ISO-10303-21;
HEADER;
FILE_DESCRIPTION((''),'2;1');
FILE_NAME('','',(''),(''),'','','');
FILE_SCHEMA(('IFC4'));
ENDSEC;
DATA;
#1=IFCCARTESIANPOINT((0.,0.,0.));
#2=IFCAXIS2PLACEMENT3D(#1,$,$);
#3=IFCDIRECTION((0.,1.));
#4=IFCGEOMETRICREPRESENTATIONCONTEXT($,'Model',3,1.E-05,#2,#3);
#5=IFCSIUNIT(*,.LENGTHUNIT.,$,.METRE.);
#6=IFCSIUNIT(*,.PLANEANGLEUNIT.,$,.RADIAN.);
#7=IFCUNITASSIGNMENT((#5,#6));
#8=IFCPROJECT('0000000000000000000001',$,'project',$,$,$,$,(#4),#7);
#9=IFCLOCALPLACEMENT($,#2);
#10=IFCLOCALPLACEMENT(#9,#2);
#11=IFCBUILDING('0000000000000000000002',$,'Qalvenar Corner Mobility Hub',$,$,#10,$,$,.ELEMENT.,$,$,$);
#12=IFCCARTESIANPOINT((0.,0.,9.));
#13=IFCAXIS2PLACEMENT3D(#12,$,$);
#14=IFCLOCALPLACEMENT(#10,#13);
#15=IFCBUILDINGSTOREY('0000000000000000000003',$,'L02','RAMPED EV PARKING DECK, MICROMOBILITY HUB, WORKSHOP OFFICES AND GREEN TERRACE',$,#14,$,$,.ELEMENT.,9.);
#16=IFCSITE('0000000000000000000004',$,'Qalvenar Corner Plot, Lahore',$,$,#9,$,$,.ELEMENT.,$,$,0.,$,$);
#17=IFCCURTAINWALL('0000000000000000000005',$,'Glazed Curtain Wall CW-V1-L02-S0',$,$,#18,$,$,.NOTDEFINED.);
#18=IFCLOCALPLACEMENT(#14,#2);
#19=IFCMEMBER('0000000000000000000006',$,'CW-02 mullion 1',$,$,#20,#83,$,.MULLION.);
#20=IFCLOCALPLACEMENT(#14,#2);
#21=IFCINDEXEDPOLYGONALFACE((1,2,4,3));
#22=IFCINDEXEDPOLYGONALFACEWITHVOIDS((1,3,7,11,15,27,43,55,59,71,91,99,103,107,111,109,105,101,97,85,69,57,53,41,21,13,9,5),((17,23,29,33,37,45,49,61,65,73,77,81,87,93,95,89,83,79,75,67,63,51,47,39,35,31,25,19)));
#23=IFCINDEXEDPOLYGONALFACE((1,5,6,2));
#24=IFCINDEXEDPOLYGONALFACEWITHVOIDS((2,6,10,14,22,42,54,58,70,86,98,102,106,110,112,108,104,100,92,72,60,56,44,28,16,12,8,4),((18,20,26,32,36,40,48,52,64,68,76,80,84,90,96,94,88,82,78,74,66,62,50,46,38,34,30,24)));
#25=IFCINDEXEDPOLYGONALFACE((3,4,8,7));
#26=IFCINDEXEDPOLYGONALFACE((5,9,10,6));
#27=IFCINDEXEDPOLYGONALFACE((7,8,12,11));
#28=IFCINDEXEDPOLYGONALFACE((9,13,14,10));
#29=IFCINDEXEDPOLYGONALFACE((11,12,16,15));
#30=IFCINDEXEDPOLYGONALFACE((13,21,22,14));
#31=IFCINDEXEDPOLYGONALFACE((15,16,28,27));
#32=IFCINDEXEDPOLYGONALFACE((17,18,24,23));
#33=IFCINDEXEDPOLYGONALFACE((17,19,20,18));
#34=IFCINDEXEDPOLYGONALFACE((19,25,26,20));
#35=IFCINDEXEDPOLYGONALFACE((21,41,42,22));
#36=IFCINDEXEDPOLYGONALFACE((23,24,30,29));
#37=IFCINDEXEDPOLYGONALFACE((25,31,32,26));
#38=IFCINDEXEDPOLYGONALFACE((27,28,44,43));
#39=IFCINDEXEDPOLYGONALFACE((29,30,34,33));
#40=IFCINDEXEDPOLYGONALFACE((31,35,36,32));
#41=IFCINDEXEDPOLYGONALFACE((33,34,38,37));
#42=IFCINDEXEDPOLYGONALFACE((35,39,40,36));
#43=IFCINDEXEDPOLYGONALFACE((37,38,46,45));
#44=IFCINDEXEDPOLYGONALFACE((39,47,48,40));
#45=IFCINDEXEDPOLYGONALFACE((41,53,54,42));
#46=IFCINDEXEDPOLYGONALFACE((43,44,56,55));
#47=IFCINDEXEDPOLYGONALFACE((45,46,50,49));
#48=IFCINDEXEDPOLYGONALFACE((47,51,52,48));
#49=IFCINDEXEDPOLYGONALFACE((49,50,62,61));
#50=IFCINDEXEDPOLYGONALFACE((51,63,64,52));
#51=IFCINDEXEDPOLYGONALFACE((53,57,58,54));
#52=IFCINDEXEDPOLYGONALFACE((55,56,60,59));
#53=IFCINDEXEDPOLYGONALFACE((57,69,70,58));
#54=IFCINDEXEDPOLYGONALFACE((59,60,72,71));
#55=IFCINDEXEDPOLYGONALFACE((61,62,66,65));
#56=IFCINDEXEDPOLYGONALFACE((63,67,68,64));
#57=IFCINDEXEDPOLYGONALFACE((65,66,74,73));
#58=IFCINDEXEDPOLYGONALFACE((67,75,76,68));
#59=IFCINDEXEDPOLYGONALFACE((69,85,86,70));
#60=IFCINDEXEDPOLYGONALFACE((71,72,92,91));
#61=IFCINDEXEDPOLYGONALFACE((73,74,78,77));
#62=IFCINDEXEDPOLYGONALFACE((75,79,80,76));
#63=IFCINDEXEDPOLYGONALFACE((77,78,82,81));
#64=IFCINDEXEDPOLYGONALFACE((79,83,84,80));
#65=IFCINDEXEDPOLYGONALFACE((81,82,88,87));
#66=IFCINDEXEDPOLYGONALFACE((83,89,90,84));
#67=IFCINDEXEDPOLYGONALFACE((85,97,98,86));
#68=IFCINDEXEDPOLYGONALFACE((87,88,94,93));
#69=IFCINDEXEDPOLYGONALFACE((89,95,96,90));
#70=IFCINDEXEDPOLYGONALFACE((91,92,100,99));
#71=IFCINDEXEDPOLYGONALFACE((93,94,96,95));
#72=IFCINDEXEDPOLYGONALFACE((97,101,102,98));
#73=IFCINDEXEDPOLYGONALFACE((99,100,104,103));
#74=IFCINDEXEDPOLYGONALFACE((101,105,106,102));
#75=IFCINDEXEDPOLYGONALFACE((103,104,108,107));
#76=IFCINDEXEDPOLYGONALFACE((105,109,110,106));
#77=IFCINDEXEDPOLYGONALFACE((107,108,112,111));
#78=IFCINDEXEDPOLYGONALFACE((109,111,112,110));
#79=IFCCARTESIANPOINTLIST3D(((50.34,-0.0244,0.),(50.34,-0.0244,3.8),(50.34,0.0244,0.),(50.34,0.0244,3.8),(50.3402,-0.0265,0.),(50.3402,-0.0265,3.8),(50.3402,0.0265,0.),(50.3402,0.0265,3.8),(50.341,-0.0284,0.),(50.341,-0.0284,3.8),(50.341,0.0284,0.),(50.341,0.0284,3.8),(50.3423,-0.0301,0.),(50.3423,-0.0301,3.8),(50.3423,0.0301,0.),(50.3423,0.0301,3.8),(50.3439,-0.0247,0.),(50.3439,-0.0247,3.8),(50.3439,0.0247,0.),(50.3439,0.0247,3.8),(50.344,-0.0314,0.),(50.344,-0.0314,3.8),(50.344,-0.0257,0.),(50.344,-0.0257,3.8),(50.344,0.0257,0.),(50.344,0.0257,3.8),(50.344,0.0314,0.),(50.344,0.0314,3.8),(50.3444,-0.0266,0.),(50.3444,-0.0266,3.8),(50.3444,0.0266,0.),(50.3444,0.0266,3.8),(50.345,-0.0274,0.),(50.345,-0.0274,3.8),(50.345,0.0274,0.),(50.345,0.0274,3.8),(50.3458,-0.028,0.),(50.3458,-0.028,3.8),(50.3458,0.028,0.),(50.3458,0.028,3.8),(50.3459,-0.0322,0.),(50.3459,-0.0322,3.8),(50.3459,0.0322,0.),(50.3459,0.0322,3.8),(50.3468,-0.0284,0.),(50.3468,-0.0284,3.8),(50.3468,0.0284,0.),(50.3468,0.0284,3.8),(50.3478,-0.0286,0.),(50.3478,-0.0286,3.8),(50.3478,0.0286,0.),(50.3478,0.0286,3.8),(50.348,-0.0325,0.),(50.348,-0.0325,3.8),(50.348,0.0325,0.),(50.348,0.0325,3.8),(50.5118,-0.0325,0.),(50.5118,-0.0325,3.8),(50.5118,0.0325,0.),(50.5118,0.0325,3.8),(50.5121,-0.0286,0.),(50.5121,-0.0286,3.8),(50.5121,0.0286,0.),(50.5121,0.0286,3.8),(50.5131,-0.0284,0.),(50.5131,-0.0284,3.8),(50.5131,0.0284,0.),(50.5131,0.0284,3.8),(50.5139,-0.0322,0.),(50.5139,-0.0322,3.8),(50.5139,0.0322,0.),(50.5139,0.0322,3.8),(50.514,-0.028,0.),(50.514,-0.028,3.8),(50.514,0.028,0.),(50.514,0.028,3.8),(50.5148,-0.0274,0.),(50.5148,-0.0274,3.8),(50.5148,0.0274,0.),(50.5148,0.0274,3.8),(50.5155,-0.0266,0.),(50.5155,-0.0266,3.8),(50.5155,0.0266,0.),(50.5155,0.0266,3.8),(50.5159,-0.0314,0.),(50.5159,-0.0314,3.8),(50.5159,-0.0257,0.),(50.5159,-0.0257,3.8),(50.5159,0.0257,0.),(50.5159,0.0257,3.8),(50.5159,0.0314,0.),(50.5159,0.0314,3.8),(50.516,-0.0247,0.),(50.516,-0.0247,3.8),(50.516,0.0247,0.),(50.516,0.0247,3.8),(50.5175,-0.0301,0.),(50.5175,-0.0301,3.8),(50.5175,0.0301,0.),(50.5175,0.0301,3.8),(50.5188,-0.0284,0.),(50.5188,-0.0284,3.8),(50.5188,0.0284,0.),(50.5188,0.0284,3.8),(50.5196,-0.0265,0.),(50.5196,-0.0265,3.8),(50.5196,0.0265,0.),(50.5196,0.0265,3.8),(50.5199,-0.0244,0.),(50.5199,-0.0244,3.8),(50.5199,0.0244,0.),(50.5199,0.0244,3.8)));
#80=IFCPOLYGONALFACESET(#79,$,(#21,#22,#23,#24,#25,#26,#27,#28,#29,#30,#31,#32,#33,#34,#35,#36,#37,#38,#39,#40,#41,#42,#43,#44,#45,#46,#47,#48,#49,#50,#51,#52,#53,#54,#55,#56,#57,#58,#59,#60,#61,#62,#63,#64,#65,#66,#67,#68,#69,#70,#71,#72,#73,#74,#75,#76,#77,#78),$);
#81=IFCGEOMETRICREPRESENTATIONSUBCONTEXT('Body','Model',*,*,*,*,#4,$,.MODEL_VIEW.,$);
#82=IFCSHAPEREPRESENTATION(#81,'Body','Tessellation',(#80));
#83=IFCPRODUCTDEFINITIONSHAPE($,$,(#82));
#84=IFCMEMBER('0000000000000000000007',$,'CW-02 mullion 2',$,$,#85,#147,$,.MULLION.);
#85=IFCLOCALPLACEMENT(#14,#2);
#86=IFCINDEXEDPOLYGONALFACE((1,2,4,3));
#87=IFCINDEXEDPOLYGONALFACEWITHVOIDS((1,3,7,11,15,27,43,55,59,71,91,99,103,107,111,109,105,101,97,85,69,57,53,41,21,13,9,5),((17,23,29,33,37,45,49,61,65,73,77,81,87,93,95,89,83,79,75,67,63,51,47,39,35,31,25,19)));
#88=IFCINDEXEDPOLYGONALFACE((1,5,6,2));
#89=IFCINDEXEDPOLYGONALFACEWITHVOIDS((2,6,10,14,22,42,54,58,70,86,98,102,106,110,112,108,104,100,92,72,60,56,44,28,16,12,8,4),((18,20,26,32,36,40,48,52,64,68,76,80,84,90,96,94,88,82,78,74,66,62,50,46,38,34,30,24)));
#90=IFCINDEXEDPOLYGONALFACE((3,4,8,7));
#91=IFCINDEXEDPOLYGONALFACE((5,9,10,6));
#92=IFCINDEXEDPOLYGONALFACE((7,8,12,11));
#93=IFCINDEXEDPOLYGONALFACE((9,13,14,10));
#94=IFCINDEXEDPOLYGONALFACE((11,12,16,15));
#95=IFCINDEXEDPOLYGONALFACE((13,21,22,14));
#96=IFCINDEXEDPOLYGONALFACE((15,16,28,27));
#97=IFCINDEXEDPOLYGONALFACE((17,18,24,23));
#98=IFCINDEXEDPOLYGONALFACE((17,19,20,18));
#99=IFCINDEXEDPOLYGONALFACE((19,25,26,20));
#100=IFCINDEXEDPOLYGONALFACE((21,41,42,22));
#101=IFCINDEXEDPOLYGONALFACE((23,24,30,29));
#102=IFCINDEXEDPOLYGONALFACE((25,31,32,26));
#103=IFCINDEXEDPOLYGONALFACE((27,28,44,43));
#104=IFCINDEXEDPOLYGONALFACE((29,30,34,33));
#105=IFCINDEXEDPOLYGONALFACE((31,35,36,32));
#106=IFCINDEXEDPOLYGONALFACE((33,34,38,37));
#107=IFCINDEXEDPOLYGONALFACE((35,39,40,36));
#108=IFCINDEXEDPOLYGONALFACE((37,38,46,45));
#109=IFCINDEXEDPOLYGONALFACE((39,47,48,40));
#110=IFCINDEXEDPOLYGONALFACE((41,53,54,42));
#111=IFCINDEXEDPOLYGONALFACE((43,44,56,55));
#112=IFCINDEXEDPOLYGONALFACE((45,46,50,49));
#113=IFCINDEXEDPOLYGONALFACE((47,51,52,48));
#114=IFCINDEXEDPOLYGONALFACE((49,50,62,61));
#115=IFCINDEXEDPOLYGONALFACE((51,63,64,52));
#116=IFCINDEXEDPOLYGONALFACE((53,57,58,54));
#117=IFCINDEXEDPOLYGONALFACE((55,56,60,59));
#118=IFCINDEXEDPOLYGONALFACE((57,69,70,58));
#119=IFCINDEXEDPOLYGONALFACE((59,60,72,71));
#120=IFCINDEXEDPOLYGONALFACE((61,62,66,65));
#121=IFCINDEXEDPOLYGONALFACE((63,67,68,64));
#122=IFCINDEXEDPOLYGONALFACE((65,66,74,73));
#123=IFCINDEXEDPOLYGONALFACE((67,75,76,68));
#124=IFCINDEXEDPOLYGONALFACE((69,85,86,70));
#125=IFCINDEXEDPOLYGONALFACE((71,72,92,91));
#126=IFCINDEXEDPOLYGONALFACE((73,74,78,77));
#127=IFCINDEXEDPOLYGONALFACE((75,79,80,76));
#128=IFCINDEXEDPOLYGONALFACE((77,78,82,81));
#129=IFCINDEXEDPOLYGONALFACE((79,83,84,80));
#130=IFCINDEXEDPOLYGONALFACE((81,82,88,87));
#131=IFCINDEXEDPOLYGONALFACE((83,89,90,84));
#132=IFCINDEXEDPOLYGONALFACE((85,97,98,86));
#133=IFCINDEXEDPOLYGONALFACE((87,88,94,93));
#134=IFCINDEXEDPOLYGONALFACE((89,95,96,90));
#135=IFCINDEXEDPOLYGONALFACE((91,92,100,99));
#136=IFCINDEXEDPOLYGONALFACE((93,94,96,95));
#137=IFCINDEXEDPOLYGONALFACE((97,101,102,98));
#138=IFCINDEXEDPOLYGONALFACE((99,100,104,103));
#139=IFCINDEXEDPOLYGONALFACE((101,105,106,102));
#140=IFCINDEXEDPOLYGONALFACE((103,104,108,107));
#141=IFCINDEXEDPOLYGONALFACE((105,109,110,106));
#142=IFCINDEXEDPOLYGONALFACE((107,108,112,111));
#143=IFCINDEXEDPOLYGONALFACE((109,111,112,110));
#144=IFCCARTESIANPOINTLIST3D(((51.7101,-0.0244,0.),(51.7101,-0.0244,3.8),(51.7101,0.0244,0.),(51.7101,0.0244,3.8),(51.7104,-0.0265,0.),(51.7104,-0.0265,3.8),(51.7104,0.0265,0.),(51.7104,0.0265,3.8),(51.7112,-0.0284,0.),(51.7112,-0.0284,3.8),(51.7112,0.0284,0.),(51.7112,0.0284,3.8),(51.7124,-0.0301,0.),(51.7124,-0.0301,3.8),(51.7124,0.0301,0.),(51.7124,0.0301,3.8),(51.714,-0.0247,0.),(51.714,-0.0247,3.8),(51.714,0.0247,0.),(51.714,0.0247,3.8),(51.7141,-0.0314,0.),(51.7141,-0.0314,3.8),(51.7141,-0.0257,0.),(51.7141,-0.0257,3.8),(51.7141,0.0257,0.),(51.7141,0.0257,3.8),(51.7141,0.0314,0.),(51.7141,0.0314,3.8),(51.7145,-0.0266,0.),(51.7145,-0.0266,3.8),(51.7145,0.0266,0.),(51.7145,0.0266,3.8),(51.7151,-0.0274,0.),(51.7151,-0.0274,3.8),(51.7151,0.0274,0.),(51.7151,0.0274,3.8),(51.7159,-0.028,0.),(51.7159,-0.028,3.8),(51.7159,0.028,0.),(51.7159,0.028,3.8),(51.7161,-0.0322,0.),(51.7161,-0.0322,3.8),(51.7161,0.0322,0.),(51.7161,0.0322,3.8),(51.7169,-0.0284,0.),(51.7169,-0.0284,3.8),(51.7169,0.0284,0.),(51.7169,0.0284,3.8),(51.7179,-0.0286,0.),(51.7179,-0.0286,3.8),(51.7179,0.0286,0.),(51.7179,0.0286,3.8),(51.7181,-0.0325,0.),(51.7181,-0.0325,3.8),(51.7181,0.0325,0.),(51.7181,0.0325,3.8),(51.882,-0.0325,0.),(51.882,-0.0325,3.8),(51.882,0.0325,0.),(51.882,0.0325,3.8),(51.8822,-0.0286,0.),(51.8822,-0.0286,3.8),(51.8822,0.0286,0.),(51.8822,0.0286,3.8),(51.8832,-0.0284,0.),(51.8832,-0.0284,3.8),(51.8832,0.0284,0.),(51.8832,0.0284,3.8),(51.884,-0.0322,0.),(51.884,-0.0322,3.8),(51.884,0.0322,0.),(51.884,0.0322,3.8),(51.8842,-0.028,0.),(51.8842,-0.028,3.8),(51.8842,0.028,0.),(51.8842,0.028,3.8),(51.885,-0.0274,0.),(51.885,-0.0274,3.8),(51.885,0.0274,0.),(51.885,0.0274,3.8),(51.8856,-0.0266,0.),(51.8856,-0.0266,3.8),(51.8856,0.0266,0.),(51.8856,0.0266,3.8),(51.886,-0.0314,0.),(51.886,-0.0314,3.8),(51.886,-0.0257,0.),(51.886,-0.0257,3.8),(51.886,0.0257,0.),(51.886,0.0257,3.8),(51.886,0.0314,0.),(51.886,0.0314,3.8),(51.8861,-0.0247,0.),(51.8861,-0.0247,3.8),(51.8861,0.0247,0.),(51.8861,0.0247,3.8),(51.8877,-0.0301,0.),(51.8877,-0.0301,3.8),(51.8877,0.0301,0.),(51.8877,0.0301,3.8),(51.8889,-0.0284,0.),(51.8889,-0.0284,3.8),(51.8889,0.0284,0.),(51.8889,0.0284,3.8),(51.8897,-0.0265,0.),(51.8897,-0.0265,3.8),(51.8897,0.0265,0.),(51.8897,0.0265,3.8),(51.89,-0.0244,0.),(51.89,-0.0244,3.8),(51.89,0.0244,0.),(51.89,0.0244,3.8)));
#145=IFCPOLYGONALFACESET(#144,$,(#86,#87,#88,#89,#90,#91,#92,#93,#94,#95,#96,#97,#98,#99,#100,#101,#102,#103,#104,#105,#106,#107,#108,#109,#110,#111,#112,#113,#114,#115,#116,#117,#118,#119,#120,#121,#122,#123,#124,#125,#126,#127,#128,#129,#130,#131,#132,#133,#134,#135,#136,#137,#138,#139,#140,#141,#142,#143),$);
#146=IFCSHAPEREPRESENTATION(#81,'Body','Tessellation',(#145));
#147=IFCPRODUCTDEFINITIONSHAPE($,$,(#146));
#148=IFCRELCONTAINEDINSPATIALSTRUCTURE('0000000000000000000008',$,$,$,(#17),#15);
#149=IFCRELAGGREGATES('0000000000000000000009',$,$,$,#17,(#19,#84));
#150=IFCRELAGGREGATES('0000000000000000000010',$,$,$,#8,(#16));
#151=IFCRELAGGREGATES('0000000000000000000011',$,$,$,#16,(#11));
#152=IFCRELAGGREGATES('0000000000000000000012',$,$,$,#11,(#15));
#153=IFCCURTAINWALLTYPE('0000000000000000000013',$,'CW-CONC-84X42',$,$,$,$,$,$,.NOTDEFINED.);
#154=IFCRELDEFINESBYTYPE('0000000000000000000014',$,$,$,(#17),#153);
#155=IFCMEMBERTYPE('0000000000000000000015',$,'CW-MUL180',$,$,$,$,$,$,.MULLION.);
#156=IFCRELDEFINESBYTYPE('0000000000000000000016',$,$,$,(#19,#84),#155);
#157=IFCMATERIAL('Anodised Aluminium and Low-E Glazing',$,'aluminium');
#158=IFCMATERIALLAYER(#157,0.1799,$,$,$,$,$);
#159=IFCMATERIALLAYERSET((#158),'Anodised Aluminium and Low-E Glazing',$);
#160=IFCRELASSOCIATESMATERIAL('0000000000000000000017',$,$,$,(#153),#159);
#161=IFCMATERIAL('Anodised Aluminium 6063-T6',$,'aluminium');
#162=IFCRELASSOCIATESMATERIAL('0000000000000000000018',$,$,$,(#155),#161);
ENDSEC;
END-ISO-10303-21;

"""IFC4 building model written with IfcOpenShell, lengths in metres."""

from ifc_helpers import new_model, si_unit, direction, frame, origin, origin_2d, place, context, subcontext, project, spatial, hollow_rectangle, extrude, material, layer, layer_set, material_profile, profile_set, type_object, element, aggregate, save


model = new_model("IFC4")

# Units and contexts
model_context = context("Model", 3, precision=1e-05, world=origin(), true_north=direction((0.0, 1.0)))
body_context = subcontext(model_context, "Body", "Model", "MODEL_VIEW")
ifc_project = project(units=[si_unit("LENGTHUNIT", "METRE"), si_unit("PLANEANGLEUNIT", "RADIAN")], contexts=[model_context])

# Site, building, storey
site_placement = place(None, origin())
site = spatial("IfcSite", under=ifc_project, at=site_placement, Name="Qalvenar Corner Plot, Lahore", CompositionType="ELEMENT", RefElevation=0.0)
building_placement = place(site_placement, origin())
building = spatial("IfcBuilding", under=site, at=building_placement, Name="Qalvenar Corner Mobility Hub", CompositionType="ELEMENT")
storey_placement = place(building_placement, frame((0.0, 0.0, 9.0)))
storey = spatial("IfcBuildingStorey", under=building, at=storey_placement, Name="L02", Description="RAMPED EV PARKING DECK, MICROMOBILITY HUB, WORKSHOP OFFICES AND GREEN TERRACE", CompositionType="ELEMENT", Elevation=9.0)

# Curtain wall, members
ifc_material_1 = material(Name="Anodised Aluminium and Low-E Glazing", Category="aluminium")
ifc_layer_1 = layer(ifc_material_1, 0.1799)
ifc_layer_set_1 = layer_set([ifc_layer_1], Name="Anodised Aluminium and Low-E Glazing")
curtain_wall_type = type_object("IfcCurtainWallType", Name="CW-CONC-84X42", PredefinedType="NOTDEFINED", material=ifc_layer_set_1)
curtain_wall_placement = place(storey_placement, origin())
curtain_wall = element("IfcCurtainWall", 1, at=curtain_wall_placement, inside=storey, type_object=curtain_wall_type, Name="Glazed Curtain Wall CW-V1-L02-S0", PredefinedType="NOTDEFINED")
ifc_material_2 = material(Name="Anodised Aluminium 6063-T6", Category="aluminium")
ifc_material_profile_1 = material_profile(ifc_material_2, hollow_rectangle(XDim=0.0649, YDim=0.1799, WallThickness=0.0039, InnerFilletRadius=0.0039, OuterFilletRadius=0.0081, at=origin_2d()), Name="RHS180x65x4")
ifc_profile_set_1 = profile_set([ifc_material_profile_1], Name="Anodised Aluminium 6063-T6")
member_type_1 = type_object("IfcMemberType", Name="CW-MUL180", PredefinedType="MULLION", material=ifc_profile_set_1)
member_1_placement = place(storey_placement, frame((50.4299, 0.0, 0.0), z_axis=(0.0, 0.0, 1.0), x_axis=(0.0, 1.0, 0.0)))
member_1 = element("IfcMember", 2, at=member_1_placement, type_object=member_type_1, Name="CW-02 mullion 1", PredefinedType="MULLION", context=body_context, shape_type="SweptSolid", body=[
    extrude(hollow_rectangle(XDim=0.0649, YDim=0.1799, WallThickness=0.0039, InnerFilletRadius=0.0039, OuterFilletRadius=0.0081, at=origin_2d()), origin(), (0.0, 0.0, 1.0), 3.8),
])
member_2_placement = place(storey_placement, frame((51.8, 0.0, 0.0), z_axis=(0.0, 0.0, 1.0), x_axis=(0.0, 1.0, 0.0)))
member_2 = element("IfcMember", 3, at=member_2_placement, type_object=member_type_1, Name="CW-02 mullion 2", PredefinedType="MULLION", context=body_context, shape_type="SweptSolid", body=[
    extrude(hollow_rectangle(XDim=0.0649, YDim=0.1799, WallThickness=0.0039, InnerFilletRadius=0.0039, OuterFilletRadius=0.0081, at=origin_2d()), origin(), (0.0, 0.0, 1.0), 3.8),
])
aggregate(curtain_wall, [member_1, member_2])

save(model, "model.ifc")
